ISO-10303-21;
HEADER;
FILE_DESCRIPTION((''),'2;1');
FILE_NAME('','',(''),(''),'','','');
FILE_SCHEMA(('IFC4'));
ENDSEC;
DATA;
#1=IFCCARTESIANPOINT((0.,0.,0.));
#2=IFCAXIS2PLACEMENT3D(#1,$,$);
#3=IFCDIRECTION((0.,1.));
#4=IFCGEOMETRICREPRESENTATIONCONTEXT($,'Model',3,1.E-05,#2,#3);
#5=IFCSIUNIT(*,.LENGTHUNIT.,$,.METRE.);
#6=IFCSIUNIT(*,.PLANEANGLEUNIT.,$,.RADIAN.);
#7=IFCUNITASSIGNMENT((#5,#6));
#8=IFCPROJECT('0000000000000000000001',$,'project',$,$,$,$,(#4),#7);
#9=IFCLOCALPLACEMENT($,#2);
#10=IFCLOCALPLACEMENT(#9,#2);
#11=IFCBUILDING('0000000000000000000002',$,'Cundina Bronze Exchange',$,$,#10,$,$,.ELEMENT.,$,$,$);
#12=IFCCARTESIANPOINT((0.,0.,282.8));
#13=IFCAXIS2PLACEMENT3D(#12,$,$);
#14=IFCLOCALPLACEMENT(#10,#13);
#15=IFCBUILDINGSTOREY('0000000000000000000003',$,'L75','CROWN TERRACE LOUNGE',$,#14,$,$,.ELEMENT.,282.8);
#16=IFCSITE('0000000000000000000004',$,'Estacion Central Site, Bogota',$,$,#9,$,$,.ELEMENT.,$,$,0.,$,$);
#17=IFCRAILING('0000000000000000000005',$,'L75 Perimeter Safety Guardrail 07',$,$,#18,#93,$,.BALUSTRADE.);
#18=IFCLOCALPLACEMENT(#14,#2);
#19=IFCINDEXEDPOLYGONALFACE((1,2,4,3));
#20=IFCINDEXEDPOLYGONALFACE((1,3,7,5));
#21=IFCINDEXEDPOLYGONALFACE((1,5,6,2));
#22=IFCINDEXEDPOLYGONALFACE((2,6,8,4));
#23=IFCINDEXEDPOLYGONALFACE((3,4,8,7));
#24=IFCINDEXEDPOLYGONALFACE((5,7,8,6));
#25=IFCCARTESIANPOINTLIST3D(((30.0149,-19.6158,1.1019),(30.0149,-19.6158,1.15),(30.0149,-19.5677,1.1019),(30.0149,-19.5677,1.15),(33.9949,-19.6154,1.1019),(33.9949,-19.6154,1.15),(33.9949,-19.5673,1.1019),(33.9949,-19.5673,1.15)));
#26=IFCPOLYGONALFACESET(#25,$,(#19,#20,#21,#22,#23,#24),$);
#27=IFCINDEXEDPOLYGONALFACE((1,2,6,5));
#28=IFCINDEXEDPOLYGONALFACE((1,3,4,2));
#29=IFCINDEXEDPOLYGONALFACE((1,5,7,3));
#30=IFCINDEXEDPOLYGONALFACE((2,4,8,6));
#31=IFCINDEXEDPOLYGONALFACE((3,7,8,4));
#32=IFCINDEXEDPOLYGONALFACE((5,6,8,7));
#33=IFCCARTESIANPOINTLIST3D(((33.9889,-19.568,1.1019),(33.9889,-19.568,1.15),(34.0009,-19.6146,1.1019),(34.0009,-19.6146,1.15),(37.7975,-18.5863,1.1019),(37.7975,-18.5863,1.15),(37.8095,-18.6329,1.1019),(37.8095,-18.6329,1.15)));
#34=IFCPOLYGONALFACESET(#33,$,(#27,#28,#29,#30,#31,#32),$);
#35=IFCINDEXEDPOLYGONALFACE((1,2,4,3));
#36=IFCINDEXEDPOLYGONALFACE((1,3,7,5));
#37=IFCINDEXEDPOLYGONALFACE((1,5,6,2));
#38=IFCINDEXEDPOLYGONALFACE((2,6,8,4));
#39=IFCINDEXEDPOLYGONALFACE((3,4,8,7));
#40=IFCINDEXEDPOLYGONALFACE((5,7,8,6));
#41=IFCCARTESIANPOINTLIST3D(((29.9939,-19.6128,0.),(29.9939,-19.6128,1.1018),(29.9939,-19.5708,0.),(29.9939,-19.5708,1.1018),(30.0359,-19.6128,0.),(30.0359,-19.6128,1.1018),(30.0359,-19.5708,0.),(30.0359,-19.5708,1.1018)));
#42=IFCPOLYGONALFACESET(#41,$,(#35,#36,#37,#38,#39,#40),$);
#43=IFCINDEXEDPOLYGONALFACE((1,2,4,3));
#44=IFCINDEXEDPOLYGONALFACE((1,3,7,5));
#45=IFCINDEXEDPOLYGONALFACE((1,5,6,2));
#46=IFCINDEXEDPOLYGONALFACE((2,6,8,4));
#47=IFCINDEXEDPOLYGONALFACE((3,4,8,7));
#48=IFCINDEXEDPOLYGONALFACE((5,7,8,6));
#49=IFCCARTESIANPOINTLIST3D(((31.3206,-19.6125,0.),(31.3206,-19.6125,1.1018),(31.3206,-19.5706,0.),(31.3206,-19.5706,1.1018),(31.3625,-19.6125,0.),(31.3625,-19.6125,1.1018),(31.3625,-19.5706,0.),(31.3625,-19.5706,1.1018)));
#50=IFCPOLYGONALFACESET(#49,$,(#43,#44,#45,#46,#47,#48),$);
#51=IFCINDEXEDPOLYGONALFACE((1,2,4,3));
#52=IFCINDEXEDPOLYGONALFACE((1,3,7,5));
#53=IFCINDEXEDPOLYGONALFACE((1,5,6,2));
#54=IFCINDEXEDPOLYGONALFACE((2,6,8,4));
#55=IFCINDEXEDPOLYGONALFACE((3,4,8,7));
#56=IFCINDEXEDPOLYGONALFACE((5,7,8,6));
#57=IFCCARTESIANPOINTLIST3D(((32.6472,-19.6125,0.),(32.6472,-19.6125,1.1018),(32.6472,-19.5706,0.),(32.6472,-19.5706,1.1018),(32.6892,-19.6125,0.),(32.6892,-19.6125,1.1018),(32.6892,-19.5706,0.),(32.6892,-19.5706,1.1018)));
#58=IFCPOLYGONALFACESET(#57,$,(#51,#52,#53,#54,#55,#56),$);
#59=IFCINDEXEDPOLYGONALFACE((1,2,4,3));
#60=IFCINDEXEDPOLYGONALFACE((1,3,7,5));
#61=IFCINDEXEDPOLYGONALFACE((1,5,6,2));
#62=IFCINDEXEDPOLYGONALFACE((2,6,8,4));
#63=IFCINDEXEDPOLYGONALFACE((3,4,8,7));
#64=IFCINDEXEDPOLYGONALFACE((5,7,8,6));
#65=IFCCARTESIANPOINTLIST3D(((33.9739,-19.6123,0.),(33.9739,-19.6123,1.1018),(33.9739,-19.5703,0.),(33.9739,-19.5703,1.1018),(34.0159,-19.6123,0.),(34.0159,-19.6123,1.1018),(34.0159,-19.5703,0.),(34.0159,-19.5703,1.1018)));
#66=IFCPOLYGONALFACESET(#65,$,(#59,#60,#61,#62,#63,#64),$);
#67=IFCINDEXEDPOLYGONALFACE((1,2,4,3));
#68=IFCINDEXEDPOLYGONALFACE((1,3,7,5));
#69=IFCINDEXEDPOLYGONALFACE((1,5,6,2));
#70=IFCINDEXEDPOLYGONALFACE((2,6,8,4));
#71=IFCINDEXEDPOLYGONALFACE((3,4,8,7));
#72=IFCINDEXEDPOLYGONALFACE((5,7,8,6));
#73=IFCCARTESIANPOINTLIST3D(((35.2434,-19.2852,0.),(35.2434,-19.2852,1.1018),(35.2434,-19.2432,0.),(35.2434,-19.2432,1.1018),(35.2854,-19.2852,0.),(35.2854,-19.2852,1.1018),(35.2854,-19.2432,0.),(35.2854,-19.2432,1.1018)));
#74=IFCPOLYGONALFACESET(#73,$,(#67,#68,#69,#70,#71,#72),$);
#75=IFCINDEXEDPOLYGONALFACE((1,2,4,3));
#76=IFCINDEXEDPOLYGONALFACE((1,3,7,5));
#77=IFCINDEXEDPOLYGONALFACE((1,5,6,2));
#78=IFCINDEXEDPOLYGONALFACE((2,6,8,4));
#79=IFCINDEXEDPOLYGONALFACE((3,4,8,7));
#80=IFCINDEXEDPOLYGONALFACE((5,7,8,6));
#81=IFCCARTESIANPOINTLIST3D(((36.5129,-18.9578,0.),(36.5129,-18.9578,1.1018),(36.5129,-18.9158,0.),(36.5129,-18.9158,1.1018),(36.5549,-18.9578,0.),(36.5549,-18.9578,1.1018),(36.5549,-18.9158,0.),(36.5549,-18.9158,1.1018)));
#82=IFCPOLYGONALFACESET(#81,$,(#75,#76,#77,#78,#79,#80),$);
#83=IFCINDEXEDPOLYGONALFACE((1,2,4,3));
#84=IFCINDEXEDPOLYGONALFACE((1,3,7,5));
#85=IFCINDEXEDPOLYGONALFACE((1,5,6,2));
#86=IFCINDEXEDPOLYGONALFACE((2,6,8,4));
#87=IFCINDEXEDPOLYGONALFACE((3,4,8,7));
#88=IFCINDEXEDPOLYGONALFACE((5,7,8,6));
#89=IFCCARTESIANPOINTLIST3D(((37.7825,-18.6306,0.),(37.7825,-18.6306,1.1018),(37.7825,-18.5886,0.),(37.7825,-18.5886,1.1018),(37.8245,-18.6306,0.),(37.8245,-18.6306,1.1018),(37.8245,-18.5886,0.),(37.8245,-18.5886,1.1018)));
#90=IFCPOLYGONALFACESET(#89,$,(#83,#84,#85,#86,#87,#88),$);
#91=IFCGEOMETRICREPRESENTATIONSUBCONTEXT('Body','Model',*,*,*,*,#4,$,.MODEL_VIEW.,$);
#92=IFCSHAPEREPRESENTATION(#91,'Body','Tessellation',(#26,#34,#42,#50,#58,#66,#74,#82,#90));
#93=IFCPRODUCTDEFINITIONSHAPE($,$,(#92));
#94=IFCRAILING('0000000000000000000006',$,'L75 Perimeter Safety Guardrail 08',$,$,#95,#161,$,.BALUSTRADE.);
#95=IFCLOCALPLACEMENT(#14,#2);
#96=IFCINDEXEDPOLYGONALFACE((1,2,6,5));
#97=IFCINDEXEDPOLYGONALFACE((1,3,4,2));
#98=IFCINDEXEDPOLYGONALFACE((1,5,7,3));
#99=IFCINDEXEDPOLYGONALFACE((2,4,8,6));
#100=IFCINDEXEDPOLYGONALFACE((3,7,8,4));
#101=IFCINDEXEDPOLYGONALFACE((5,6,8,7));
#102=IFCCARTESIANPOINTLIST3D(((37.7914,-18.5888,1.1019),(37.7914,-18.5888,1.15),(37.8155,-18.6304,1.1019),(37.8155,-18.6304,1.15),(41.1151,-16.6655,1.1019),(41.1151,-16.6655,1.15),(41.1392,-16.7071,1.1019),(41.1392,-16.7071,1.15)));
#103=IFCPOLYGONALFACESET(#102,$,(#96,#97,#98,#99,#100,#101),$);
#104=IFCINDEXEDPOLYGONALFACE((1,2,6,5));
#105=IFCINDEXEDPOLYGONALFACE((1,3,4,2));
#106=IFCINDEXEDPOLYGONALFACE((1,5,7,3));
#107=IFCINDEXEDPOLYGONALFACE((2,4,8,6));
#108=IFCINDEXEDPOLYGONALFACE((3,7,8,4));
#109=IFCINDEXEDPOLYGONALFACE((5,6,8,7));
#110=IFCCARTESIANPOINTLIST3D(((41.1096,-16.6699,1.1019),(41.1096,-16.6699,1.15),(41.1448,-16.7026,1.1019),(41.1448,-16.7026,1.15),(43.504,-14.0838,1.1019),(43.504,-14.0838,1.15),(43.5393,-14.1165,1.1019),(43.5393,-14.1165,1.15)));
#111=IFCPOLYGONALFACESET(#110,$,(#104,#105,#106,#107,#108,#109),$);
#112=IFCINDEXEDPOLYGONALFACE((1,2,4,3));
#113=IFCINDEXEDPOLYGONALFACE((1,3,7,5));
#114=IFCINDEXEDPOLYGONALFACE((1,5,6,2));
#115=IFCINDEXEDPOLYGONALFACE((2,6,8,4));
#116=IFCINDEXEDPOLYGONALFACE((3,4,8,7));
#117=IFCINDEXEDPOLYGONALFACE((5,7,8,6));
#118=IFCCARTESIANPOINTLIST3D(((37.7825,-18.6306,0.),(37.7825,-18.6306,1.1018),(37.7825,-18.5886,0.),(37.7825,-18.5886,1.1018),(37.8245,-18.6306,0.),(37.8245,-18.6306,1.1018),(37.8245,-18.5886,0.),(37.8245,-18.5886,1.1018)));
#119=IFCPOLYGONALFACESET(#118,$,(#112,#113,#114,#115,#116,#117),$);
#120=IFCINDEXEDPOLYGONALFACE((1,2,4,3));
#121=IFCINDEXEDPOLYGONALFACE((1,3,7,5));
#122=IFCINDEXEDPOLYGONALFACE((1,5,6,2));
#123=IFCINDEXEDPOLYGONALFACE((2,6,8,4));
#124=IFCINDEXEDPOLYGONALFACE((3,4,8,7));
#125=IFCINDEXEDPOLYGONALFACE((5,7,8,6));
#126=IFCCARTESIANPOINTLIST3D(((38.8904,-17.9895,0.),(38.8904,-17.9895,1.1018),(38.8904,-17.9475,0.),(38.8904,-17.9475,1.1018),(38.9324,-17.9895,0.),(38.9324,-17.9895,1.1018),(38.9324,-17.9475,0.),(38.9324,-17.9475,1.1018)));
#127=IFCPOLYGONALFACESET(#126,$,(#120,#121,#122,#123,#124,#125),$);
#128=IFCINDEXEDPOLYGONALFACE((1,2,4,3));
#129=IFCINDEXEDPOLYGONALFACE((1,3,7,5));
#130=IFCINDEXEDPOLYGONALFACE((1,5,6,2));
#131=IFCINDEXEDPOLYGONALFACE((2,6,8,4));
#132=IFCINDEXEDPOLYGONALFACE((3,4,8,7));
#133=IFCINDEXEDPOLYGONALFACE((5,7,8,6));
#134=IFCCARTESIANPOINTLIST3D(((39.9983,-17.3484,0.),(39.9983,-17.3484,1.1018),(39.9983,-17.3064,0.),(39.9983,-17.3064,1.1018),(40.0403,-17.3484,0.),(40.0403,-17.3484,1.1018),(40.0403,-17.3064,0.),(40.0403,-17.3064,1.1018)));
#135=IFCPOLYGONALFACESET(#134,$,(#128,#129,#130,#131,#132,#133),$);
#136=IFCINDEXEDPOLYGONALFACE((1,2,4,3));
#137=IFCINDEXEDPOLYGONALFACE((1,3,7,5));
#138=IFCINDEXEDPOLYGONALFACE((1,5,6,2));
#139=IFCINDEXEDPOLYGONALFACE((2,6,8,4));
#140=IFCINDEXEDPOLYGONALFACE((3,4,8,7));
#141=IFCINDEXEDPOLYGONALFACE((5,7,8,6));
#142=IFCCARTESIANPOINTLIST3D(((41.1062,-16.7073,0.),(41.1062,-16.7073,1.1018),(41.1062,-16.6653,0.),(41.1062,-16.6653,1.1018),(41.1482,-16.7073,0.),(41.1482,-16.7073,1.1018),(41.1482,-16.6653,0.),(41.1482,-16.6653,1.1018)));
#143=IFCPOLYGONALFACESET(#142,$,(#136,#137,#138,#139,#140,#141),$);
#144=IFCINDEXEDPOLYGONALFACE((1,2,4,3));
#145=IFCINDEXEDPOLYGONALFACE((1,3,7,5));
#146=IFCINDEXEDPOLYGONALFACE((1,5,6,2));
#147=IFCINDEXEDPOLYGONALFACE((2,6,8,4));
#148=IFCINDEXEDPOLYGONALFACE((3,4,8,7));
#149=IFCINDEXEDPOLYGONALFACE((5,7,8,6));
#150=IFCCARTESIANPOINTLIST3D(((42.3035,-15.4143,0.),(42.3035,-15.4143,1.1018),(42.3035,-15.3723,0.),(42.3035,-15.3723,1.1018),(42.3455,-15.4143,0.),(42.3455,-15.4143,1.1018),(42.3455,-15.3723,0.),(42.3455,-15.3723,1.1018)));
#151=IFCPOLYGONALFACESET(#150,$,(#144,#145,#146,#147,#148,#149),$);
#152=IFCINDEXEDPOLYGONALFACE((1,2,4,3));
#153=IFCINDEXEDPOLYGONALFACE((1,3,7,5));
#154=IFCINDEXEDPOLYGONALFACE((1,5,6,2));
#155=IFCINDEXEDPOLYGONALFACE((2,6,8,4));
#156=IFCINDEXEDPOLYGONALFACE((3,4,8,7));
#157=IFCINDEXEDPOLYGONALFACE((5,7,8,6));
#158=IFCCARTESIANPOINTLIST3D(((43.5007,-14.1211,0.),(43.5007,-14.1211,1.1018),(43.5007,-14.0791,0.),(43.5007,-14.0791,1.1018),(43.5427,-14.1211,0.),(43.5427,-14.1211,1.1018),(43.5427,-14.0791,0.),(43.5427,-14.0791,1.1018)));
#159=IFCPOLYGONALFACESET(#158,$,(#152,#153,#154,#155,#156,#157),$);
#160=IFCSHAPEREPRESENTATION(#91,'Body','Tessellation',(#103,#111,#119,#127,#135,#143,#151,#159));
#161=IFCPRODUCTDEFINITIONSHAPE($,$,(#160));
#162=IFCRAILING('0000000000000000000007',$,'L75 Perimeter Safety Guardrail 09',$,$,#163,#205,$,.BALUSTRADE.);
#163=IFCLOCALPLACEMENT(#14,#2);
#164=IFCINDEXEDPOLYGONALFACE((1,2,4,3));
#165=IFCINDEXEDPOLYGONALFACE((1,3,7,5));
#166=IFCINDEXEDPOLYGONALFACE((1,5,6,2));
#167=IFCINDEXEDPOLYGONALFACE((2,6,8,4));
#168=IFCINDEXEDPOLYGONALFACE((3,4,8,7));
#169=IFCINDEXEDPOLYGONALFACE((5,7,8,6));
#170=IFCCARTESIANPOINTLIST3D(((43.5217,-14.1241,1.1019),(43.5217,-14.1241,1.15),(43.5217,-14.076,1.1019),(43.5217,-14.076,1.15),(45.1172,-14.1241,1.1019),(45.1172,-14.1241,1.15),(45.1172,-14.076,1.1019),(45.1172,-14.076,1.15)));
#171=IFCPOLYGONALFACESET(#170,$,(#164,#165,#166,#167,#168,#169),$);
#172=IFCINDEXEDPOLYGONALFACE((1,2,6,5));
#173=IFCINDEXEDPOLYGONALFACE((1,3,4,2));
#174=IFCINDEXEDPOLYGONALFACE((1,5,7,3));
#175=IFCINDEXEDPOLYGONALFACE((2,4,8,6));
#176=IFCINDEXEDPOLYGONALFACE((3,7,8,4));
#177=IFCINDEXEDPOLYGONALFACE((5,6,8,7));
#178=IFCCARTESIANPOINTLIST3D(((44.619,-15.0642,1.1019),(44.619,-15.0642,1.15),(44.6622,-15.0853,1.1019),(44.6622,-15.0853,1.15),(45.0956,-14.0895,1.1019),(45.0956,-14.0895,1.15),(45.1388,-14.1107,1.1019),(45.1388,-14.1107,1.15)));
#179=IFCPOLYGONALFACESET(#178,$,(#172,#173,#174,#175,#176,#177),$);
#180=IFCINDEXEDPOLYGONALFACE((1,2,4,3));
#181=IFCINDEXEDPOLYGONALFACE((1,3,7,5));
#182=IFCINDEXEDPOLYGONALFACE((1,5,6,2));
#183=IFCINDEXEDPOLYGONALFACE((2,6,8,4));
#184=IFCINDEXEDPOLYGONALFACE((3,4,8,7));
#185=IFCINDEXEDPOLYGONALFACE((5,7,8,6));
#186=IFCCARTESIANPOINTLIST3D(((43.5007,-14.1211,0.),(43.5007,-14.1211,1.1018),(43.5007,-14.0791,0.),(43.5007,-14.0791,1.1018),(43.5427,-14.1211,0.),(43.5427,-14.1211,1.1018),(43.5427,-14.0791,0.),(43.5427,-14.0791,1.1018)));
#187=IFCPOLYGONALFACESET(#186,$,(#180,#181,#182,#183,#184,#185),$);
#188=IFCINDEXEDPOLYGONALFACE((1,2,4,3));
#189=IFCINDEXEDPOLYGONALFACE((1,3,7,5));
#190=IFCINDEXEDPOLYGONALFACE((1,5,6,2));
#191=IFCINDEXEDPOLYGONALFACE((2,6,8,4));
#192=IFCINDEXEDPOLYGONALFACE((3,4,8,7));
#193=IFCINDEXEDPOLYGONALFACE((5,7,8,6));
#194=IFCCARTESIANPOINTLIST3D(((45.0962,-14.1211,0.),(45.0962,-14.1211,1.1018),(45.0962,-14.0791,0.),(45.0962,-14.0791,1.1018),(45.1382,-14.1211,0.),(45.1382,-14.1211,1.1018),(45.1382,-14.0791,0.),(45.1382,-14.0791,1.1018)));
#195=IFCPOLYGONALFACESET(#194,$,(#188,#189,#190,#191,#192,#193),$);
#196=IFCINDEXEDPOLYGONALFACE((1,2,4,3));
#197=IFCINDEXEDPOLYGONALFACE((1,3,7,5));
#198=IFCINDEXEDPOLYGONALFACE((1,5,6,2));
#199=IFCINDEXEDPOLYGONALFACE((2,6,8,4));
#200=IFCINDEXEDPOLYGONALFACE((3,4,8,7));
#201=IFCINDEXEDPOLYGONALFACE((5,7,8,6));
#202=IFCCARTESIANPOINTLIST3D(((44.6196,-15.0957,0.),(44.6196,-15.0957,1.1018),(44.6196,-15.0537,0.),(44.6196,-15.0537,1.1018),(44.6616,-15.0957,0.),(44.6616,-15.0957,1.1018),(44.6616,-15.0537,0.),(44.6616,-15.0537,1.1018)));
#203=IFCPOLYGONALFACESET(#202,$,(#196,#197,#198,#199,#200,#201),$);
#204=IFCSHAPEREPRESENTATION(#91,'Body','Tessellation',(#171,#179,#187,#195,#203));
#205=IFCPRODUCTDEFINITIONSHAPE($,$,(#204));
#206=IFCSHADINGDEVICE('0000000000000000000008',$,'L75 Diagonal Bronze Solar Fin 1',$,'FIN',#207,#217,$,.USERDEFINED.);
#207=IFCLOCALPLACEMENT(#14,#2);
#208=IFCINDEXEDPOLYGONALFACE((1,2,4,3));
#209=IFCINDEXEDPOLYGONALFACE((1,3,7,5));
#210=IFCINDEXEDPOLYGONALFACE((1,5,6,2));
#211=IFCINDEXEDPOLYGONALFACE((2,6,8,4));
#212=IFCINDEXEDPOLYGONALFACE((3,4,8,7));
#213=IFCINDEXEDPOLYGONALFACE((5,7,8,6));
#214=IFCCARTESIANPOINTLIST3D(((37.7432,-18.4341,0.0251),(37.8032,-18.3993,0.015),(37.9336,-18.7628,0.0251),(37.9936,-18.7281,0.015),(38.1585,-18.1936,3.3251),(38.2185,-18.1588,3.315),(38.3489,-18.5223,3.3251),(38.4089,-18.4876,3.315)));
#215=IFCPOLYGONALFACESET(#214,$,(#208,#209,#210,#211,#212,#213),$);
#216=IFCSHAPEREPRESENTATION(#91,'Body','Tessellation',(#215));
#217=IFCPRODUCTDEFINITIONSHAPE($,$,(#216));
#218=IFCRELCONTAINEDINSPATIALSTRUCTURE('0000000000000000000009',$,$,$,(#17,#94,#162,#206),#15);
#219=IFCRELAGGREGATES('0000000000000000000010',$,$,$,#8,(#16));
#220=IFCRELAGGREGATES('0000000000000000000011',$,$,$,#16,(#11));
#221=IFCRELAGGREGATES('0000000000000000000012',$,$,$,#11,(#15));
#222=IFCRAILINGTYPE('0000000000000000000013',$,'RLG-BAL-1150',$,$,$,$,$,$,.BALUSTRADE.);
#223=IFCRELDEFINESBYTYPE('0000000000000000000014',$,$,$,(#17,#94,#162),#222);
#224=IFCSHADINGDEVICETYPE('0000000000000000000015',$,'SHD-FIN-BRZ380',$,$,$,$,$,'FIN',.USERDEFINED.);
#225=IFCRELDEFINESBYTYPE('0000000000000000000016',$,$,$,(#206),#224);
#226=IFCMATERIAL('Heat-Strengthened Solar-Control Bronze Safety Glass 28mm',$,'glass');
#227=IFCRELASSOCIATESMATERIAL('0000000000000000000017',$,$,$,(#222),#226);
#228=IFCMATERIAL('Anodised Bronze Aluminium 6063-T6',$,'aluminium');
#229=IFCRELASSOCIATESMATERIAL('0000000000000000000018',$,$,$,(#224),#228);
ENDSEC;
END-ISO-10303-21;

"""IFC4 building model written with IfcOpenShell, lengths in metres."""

from ifc_helpers import new_model, si_unit, direction, frame, origin, origin_2d, place, context, subcontext, project, spatial, rectangle, extrude, material, material_profile, profile_set, type_object, element, save


model = new_model("IFC4")

# Units and contexts
model_context = context("Model", 3, precision=1e-05, world=origin(), true_north=direction((0.0, 1.0)))
body_context = subcontext(model_context, "Body", "Model", "MODEL_VIEW")
ifc_project = project(units=[si_unit("LENGTHUNIT", "METRE"), si_unit("PLANEANGLEUNIT", "RADIAN")], contexts=[model_context])

# Site, building, storey
site_placement = place(None, origin())
site = spatial("IfcSite", under=ifc_project, at=site_placement, Name="Estacion Central Site, Bogota", CompositionType="ELEMENT", RefElevation=0.0)
building_placement = place(site_placement, origin())
building = spatial("IfcBuilding", under=site, at=building_placement, Name="Cundina Bronze Exchange", CompositionType="ELEMENT")
storey_placement = place(building_placement, frame((0.0, 0.0, 282.8)))
storey = spatial("IfcBuildingStorey", under=building, at=storey_placement, Name="L75", Description="CROWN TERRACE LOUNGE", CompositionType="ELEMENT", Elevation=282.8)

# Shared definitions
ifc_material_1 = material(Name="Anodised Bronze Aluminium 6063-T6", Category="aluminium")

# Railings
ifc_material_2 = material(Name="Heat-Strengthened Solar-Control Bronze Safety Glass 28mm", Category="glass")
railing_type = type_object("IfcRailingType", Name="RLG-BAL-1150", PredefinedType="BALUSTRADE", material=ifc_material_2)
railing_1_placement = place(storey_placement, frame((30.0149, -19.5918, 0.0)))
element("IfcRailing", 1, at=railing_1_placement, inside=storey, type_object=railing_type, Name="L75 Perimeter Safety Guardrail 07", PredefinedType="BALUSTRADE", context=body_context, shape_type="SweptSolid", body=[
    extrude(rectangle(XDim=0.0481, YDim=0.0481, at=origin_2d()), frame((0.0, 0.0, 1.126), z_axis=(1.0, 0.000123, 0.0), x_axis=(-0.000123, 1.0, 0.0)), (0.0, 0.0, 1.0), 3.98),
    extrude(rectangle(XDim=0.0481, YDim=0.0481, at=origin_2d()), frame((3.98, 0.0005, 1.126), z_axis=(0.968349, 0.249598, 0.0), x_axis=(-0.249598, 0.968349, 0.0)), (0.0, 0.0, 1.0), 3.9331),
    extrude(rectangle(XDim=0.042, YDim=0.042, at=origin_2d()), origin(), (0.0, 0.0, 1.0), 1.1018),
    extrude(rectangle(XDim=0.042, YDim=0.042, at=origin_2d()), frame((1.3267, 0.0002, 0.0)), (0.0, 0.0, 1.0), 1.1018),
    extrude(rectangle(XDim=0.042, YDim=0.042, at=origin_2d()), frame((2.6533, 0.0002, 0.0)), (0.0, 0.0, 1.0), 1.1018),
    extrude(rectangle(XDim=0.042, YDim=0.042, at=origin_2d()), frame((3.98, 0.0005, 0.0)), (0.0, 0.0, 1.0), 1.1018),
    extrude(rectangle(XDim=0.042, YDim=0.042, at=origin_2d()), frame((5.2495, 0.3276, 0.0)), (0.0, 0.0, 1.0), 1.1018),
    extrude(rectangle(XDim=0.042, YDim=0.042, at=origin_2d()), frame((6.519, 0.655, 0.0)), (0.0, 0.0, 1.0), 1.1018),
    extrude(rectangle(XDim=0.042, YDim=0.042, at=origin_2d()), frame((7.7886, 0.9822, 0.0)), (0.0, 0.0, 1.0), 1.1018),
])
railing_2_placement = place(storey_placement, frame((37.8035, -18.6096, 0.0)))
element("IfcRailing", 2, at=railing_2_placement, inside=storey, type_object=railing_type, Name="L75 Perimeter Safety Guardrail 08", PredefinedType="BALUSTRADE", context=body_context, shape_type="SweptSolid", body=[
    extrude(rectangle(XDim=0.0481, YDim=0.0481, at=origin_2d()), frame((0.0, 0.0, 1.126), z_axis=(0.865531, 0.500856, 0.0), x_axis=(-0.500856, 0.865531, 0.0)), (0.0, 0.0, 1.0), 3.8401),
    extrude(rectangle(XDim=0.0481, YDim=0.0481, at=origin_2d()), frame((3.3237, 1.9233, 1.126), z_axis=(0.679396, 0.733772, 0.0), x_axis=(-0.733772, 0.679396, 0.0)), (0.0, 0.0, 1.0), 3.5244),
    extrude(rectangle(XDim=0.042, YDim=0.042, at=origin_2d()), origin(), (0.0, 0.0, 1.0), 1.1018),
    extrude(rectangle(XDim=0.042, YDim=0.042, at=origin_2d()), frame((1.1079, 0.6411, 0.0)), (0.0, 0.0, 1.0), 1.1018),
    extrude(rectangle(XDim=0.042, YDim=0.042, at=origin_2d()), frame((2.2158, 1.2822, 0.0)), (0.0, 0.0, 1.0), 1.1018),
    extrude(rectangle(XDim=0.042, YDim=0.042, at=origin_2d()), frame((3.3237, 1.9233, 0.0)), (0.0, 0.0, 1.0), 1.1018),
    extrude(rectangle(XDim=0.042, YDim=0.042, at=origin_2d()), frame((4.521, 3.2163, 0.0)), (0.0, 0.0, 1.0), 1.1018),
    extrude(rectangle(XDim=0.042, YDim=0.042, at=origin_2d()), frame((5.7183, 4.5095, 0.0)), (0.0, 0.0, 1.0), 1.1018),
])
railing_3_placement = place(storey_placement, frame((43.5217, -14.1001, 0.0)))
element("IfcRailing", 3, at=railing_3_placement, inside=storey, type_object=railing_type, Name="L75 Perimeter Safety Guardrail 09", PredefinedType="BALUSTRADE", context=body_context, shape_type="SweptSolid", body=[
    extrude(rectangle(XDim=0.0481, YDim=0.0481, at=origin_2d()), frame((0.0, 0.0, 1.126), z_axis=(1.0, 0.0, 0.0), x_axis=(0.0, 1.0, 0.0)), (0.0, 0.0, 1.0), 1.5955),
    extrude(rectangle(XDim=0.0481, YDim=0.0481, at=origin_2d()), frame((1.5955, 0.0, 1.126), z_axis=(-0.439275, -0.898353, 0.0), x_axis=(0.898353, -0.439275, 0.0)), (0.0, 0.0, 1.0), 1.085),
    extrude(rectangle(XDim=0.042, YDim=0.042, at=origin_2d()), origin(), (0.0, 0.0, 1.0), 1.1018),
    extrude(rectangle(XDim=0.042, YDim=0.042, at=origin_2d()), frame((1.5955, 0.0, 0.0)), (0.0, 0.0, 1.0), 1.1018),
    extrude(rectangle(XDim=0.042, YDim=0.042, at=origin_2d()), frame((1.1189, -0.9746, 0.0)), (0.0, 0.0, 1.0), 1.1018),
])

# Shading device
ifc_material_profile_1 = material_profile(ifc_material_1, rectangle(XDim=0.0701, YDim=0.3799, at=origin_2d()), Name="FIN70X380", Category="aluminium")
ifc_profile_set_1 = profile_set([ifc_material_profile_1], Name="Anodised Bronze Aluminium 6063-T6")
shading_device_type = type_object("IfcShadingDeviceType", Name="SHD-FIN-BRZ380", ElementType="FIN", PredefinedType="USERDEFINED", material=ifc_profile_set_1)
shading_device_placement = place(storey_placement, frame((37.8684, -18.5811, 0.02), z_axis=(0.124532, 0.072113, 0.989592), x_axis=(-0.856373, -0.495901, 0.143904)))
element("IfcShadingDevice", 4, at=shading_device_placement, inside=storey, type_object=shading_device_type, Name="L75 Diagonal Bronze Solar Fin 1", ObjectType="FIN", PredefinedType="USERDEFINED", context=body_context, shape_type="SweptSolid", body=[
    extrude(rectangle(XDim=0.0701, YDim=0.3799, at=origin_2d()), origin(), (0.0, 0.0, 1.0), 3.3347),
])

save(model, "model.ifc")
